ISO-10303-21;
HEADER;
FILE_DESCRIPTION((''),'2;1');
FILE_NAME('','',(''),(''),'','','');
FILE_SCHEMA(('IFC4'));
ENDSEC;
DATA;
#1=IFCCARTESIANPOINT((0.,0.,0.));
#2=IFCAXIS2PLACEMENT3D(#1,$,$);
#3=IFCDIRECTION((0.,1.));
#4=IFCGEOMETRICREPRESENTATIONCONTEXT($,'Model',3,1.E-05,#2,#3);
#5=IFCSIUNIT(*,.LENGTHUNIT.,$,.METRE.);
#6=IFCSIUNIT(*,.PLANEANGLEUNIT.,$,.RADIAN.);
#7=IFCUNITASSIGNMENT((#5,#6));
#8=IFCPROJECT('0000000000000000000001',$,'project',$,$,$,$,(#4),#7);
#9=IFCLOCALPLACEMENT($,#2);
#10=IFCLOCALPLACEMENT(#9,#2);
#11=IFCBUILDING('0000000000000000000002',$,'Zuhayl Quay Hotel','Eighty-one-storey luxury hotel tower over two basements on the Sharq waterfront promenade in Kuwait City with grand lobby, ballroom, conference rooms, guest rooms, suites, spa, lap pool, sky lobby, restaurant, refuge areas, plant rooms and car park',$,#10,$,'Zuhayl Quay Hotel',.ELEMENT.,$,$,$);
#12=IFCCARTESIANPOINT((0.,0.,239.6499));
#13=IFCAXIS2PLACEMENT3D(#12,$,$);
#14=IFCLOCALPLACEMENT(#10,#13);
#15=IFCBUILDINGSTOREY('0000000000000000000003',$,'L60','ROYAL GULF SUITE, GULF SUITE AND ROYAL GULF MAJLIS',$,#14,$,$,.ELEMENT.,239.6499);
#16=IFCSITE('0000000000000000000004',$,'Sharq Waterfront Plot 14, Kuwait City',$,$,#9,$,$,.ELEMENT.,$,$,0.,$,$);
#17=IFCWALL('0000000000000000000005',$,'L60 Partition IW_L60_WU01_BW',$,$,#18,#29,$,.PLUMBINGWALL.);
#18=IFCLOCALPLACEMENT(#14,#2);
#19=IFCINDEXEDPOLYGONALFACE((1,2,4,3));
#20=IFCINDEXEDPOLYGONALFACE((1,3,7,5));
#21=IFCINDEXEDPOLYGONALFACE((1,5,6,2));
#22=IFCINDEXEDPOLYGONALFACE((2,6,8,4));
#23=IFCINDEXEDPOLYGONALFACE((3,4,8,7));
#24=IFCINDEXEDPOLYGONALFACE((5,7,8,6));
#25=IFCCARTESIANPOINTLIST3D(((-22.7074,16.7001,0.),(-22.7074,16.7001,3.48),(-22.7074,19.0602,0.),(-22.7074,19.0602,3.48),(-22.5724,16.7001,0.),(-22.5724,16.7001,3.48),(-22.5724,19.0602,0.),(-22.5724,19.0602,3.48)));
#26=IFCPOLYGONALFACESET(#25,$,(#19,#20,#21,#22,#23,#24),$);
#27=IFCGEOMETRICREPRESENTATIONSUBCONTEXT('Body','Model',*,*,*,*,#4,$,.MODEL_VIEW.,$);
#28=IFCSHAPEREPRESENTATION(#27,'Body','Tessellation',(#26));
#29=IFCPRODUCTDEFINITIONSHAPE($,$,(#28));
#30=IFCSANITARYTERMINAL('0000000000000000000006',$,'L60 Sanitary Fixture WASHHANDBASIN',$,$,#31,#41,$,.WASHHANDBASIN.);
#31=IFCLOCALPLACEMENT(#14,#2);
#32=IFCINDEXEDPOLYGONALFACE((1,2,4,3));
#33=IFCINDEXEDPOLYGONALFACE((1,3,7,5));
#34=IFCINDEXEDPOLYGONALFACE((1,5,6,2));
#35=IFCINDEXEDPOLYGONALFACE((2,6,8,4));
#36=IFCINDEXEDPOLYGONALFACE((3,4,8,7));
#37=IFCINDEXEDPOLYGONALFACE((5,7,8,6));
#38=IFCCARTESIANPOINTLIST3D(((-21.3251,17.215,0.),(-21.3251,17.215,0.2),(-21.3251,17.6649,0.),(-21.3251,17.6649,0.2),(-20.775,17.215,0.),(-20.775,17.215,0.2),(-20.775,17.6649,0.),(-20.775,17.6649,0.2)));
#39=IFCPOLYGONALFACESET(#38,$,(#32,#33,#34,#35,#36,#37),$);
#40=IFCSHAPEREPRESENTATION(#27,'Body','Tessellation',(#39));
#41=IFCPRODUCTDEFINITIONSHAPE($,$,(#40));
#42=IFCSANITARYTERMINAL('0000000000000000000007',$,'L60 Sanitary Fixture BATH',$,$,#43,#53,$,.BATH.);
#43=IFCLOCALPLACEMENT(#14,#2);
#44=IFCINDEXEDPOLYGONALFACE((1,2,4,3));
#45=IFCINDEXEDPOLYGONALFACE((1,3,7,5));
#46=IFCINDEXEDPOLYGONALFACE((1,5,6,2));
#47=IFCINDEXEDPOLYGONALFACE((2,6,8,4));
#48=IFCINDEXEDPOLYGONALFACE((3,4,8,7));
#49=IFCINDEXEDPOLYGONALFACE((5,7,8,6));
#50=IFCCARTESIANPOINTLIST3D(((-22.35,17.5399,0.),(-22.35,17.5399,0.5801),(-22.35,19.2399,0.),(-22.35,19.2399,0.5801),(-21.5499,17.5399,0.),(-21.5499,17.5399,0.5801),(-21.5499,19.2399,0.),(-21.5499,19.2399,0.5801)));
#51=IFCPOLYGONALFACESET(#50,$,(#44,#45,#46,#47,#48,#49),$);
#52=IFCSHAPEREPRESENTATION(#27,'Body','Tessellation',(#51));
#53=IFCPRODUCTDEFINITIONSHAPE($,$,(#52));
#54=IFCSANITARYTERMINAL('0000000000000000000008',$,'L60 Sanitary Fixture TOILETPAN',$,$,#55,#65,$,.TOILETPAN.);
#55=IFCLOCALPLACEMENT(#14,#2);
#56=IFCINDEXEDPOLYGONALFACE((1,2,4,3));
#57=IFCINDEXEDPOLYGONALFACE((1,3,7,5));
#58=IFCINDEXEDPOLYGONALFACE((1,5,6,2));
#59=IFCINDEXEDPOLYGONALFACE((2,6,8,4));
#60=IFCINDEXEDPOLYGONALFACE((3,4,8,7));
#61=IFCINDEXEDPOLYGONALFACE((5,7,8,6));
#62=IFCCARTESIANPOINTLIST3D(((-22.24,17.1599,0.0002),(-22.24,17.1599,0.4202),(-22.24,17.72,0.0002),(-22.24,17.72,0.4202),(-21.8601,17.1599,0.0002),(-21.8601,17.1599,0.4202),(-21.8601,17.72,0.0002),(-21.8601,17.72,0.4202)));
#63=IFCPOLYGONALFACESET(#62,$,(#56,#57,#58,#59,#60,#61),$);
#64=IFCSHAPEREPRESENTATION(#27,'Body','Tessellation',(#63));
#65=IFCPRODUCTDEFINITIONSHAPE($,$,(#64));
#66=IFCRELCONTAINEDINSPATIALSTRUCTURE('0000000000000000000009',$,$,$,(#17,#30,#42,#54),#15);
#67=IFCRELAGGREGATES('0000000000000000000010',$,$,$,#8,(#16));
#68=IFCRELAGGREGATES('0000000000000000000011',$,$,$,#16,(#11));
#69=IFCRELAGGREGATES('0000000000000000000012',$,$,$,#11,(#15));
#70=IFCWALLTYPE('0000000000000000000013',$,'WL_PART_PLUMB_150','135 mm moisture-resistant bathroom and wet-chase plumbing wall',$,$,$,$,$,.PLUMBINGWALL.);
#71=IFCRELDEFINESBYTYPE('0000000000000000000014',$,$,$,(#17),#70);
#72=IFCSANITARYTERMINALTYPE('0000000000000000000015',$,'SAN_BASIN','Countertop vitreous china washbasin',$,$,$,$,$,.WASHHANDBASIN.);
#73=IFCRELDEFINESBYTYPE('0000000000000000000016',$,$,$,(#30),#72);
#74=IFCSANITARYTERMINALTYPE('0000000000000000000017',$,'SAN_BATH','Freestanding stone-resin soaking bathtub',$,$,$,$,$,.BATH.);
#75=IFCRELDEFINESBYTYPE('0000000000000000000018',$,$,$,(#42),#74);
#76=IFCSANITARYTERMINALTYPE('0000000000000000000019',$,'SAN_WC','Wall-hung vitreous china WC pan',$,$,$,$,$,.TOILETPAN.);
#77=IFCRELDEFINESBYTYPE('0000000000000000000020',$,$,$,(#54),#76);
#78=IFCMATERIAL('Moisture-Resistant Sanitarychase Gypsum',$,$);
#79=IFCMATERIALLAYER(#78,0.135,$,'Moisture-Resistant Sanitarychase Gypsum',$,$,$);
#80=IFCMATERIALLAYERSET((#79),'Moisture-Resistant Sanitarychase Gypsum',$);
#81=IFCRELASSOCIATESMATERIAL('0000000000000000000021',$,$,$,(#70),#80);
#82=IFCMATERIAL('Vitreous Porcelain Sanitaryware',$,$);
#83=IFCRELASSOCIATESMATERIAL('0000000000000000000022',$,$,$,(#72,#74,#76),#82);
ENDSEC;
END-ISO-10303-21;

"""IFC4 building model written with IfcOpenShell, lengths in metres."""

from ifc_helpers import new_model, si_unit, direction, frame, frame_2d, origin, origin_2d, place, context, subcontext, project, spatial, rectangle, extrude, material, layer, layer_set, type_object, element, save


model = new_model("IFC4")

# Units and contexts
model_context = context("Model", 3, precision=1e-05, world=origin(), true_north=direction((0.0, 1.0)))
body_context = subcontext(model_context, "Body", "Model", "MODEL_VIEW")
ifc_project = project(units=[si_unit("LENGTHUNIT", "METRE"), si_unit("PLANEANGLEUNIT", "RADIAN")], contexts=[model_context])

# Site, building, storey
site_placement = place(None, origin())
site = spatial("IfcSite", under=ifc_project, at=site_placement, Name="Sharq Waterfront Plot 14, Kuwait City", CompositionType="ELEMENT", RefElevation=0.0)
building_placement = place(site_placement, origin())
building = spatial("IfcBuilding", under=site, at=building_placement, Name="Zuhayl Quay Hotel", Description="Eighty-one-storey luxury hotel tower over two basements on the Sharq waterfront promenade in Kuwait City with grand lobby, ballroom, conference rooms, guest rooms, suites, spa, lap pool, sky lobby, restaurant, refuge areas, plant rooms and car park", LongName="Zuhayl Quay Hotel", CompositionType="ELEMENT")
storey_placement = place(building_placement, frame((0.0, 0.0, 239.6499)))
storey = spatial("IfcBuildingStorey", under=building, at=storey_placement, Name="L60", Description="ROYAL GULF SUITE, GULF SUITE AND ROYAL GULF MAJLIS", CompositionType="ELEMENT", Elevation=239.6499)

# Shared definitions
ifc_material_1 = material(Name="Moisture-Resistant Sanitarychase Gypsum")
ifc_layer_1 = layer(ifc_material_1, 0.135, Name="Moisture-Resistant Sanitarychase Gypsum")
ifc_layer_set_1 = layer_set([ifc_layer_1], Name="Moisture-Resistant Sanitarychase Gypsum")
wall_type_1 = type_object("IfcWallType", Name="WL_PART_PLUMB_150", Description="135 mm moisture-resistant bathroom and wet-chase plumbing wall", PredefinedType="PLUMBINGWALL", material=ifc_layer_set_1)

# Wall
wall_1_placement = place(storey_placement, frame((-22.6399, 16.7, 0.0), z_axis=(0.0, 0.0, 1.0), x_axis=(0.0, 1.0, 0.0)))
element("IfcWall", 1, at=wall_1_placement, inside=storey, type_object=wall_type_1, Name="L60 Partition IW_L60_WU01_BW", PredefinedType="PLUMBINGWALL", context=body_context, shape_type="SweptSolid", body=[
    extrude(rectangle(XDim=2.3601, YDim=0.135, at=frame_2d((1.1802, 0.0))), origin(), (0.0, 0.0, 1.0), 3.48),
])

# Sanitary terminals
ifc_material_2 = material(Name="Vitreous Porcelain Sanitaryware")
sanitary_terminal_type_1 = type_object("IfcSanitaryTerminalType", Name="SAN_BASIN", Description="Countertop vitreous china washbasin", PredefinedType="WASHHANDBASIN", material=ifc_material_2)
sanitary_terminal_1_placement = place(storey_placement, frame((-21.05, 17.4399, 0.0), z_axis=(0.0, 0.0, 1.0), x_axis=(1.0, 0.0, 0.0)))
element("IfcSanitaryTerminal", 2, at=sanitary_terminal_1_placement, inside=storey, type_object=sanitary_terminal_type_1, Name="L60 Sanitary Fixture WASHHANDBASIN", PredefinedType="WASHHANDBASIN", context=body_context, shape_type="SweptSolid", body=[
    extrude(rectangle(XDim=0.55, YDim=0.45, at=origin_2d()), origin(), (0.0, 0.0, 1.0), 0.2),
])
sanitary_terminal_type_2 = type_object("IfcSanitaryTerminalType", Name="SAN_BATH", Description="Freestanding stone-resin soaking bathtub", PredefinedType="BATH", material=ifc_material_2)
sanitary_terminal_2_placement = place(storey_placement, frame((-21.95, 18.3899, 0.0), z_axis=(0.0, 0.0, 1.0), x_axis=(1.0, 0.0, 0.0)))
element("IfcSanitaryTerminal", 3, at=sanitary_terminal_2_placement, inside=storey, type_object=sanitary_terminal_type_2, Name="L60 Sanitary Fixture BATH", PredefinedType="BATH", context=body_context, shape_type="SweptSolid", body=[
    extrude(rectangle(XDim=0.8, YDim=1.7, at=origin_2d()), origin(), (0.0, 0.0, 1.0), 0.5801),
])
sanitary_terminal_type_3 = type_object("IfcSanitaryTerminalType", Name="SAN_WC", Description="Wall-hung vitreous china WC pan", PredefinedType="TOILETPAN", material=ifc_material_2)
sanitary_terminal_3_placement = place(storey_placement, frame((-22.05, 17.4399, 0.0002), z_axis=(0.0, 0.0, 1.0), x_axis=(1.0, 0.0, 0.0)))
element("IfcSanitaryTerminal", 4, at=sanitary_terminal_3_placement, inside=storey, type_object=sanitary_terminal_type_3, Name="L60 Sanitary Fixture TOILETPAN", PredefinedType="TOILETPAN", context=body_context, shape_type="SweptSolid", body=[
    extrude(rectangle(XDim=0.3799, YDim=0.5601, at=origin_2d()), origin(), (0.0, 0.0, 1.0), 0.4199),
])

save(model, "model.ifc")
